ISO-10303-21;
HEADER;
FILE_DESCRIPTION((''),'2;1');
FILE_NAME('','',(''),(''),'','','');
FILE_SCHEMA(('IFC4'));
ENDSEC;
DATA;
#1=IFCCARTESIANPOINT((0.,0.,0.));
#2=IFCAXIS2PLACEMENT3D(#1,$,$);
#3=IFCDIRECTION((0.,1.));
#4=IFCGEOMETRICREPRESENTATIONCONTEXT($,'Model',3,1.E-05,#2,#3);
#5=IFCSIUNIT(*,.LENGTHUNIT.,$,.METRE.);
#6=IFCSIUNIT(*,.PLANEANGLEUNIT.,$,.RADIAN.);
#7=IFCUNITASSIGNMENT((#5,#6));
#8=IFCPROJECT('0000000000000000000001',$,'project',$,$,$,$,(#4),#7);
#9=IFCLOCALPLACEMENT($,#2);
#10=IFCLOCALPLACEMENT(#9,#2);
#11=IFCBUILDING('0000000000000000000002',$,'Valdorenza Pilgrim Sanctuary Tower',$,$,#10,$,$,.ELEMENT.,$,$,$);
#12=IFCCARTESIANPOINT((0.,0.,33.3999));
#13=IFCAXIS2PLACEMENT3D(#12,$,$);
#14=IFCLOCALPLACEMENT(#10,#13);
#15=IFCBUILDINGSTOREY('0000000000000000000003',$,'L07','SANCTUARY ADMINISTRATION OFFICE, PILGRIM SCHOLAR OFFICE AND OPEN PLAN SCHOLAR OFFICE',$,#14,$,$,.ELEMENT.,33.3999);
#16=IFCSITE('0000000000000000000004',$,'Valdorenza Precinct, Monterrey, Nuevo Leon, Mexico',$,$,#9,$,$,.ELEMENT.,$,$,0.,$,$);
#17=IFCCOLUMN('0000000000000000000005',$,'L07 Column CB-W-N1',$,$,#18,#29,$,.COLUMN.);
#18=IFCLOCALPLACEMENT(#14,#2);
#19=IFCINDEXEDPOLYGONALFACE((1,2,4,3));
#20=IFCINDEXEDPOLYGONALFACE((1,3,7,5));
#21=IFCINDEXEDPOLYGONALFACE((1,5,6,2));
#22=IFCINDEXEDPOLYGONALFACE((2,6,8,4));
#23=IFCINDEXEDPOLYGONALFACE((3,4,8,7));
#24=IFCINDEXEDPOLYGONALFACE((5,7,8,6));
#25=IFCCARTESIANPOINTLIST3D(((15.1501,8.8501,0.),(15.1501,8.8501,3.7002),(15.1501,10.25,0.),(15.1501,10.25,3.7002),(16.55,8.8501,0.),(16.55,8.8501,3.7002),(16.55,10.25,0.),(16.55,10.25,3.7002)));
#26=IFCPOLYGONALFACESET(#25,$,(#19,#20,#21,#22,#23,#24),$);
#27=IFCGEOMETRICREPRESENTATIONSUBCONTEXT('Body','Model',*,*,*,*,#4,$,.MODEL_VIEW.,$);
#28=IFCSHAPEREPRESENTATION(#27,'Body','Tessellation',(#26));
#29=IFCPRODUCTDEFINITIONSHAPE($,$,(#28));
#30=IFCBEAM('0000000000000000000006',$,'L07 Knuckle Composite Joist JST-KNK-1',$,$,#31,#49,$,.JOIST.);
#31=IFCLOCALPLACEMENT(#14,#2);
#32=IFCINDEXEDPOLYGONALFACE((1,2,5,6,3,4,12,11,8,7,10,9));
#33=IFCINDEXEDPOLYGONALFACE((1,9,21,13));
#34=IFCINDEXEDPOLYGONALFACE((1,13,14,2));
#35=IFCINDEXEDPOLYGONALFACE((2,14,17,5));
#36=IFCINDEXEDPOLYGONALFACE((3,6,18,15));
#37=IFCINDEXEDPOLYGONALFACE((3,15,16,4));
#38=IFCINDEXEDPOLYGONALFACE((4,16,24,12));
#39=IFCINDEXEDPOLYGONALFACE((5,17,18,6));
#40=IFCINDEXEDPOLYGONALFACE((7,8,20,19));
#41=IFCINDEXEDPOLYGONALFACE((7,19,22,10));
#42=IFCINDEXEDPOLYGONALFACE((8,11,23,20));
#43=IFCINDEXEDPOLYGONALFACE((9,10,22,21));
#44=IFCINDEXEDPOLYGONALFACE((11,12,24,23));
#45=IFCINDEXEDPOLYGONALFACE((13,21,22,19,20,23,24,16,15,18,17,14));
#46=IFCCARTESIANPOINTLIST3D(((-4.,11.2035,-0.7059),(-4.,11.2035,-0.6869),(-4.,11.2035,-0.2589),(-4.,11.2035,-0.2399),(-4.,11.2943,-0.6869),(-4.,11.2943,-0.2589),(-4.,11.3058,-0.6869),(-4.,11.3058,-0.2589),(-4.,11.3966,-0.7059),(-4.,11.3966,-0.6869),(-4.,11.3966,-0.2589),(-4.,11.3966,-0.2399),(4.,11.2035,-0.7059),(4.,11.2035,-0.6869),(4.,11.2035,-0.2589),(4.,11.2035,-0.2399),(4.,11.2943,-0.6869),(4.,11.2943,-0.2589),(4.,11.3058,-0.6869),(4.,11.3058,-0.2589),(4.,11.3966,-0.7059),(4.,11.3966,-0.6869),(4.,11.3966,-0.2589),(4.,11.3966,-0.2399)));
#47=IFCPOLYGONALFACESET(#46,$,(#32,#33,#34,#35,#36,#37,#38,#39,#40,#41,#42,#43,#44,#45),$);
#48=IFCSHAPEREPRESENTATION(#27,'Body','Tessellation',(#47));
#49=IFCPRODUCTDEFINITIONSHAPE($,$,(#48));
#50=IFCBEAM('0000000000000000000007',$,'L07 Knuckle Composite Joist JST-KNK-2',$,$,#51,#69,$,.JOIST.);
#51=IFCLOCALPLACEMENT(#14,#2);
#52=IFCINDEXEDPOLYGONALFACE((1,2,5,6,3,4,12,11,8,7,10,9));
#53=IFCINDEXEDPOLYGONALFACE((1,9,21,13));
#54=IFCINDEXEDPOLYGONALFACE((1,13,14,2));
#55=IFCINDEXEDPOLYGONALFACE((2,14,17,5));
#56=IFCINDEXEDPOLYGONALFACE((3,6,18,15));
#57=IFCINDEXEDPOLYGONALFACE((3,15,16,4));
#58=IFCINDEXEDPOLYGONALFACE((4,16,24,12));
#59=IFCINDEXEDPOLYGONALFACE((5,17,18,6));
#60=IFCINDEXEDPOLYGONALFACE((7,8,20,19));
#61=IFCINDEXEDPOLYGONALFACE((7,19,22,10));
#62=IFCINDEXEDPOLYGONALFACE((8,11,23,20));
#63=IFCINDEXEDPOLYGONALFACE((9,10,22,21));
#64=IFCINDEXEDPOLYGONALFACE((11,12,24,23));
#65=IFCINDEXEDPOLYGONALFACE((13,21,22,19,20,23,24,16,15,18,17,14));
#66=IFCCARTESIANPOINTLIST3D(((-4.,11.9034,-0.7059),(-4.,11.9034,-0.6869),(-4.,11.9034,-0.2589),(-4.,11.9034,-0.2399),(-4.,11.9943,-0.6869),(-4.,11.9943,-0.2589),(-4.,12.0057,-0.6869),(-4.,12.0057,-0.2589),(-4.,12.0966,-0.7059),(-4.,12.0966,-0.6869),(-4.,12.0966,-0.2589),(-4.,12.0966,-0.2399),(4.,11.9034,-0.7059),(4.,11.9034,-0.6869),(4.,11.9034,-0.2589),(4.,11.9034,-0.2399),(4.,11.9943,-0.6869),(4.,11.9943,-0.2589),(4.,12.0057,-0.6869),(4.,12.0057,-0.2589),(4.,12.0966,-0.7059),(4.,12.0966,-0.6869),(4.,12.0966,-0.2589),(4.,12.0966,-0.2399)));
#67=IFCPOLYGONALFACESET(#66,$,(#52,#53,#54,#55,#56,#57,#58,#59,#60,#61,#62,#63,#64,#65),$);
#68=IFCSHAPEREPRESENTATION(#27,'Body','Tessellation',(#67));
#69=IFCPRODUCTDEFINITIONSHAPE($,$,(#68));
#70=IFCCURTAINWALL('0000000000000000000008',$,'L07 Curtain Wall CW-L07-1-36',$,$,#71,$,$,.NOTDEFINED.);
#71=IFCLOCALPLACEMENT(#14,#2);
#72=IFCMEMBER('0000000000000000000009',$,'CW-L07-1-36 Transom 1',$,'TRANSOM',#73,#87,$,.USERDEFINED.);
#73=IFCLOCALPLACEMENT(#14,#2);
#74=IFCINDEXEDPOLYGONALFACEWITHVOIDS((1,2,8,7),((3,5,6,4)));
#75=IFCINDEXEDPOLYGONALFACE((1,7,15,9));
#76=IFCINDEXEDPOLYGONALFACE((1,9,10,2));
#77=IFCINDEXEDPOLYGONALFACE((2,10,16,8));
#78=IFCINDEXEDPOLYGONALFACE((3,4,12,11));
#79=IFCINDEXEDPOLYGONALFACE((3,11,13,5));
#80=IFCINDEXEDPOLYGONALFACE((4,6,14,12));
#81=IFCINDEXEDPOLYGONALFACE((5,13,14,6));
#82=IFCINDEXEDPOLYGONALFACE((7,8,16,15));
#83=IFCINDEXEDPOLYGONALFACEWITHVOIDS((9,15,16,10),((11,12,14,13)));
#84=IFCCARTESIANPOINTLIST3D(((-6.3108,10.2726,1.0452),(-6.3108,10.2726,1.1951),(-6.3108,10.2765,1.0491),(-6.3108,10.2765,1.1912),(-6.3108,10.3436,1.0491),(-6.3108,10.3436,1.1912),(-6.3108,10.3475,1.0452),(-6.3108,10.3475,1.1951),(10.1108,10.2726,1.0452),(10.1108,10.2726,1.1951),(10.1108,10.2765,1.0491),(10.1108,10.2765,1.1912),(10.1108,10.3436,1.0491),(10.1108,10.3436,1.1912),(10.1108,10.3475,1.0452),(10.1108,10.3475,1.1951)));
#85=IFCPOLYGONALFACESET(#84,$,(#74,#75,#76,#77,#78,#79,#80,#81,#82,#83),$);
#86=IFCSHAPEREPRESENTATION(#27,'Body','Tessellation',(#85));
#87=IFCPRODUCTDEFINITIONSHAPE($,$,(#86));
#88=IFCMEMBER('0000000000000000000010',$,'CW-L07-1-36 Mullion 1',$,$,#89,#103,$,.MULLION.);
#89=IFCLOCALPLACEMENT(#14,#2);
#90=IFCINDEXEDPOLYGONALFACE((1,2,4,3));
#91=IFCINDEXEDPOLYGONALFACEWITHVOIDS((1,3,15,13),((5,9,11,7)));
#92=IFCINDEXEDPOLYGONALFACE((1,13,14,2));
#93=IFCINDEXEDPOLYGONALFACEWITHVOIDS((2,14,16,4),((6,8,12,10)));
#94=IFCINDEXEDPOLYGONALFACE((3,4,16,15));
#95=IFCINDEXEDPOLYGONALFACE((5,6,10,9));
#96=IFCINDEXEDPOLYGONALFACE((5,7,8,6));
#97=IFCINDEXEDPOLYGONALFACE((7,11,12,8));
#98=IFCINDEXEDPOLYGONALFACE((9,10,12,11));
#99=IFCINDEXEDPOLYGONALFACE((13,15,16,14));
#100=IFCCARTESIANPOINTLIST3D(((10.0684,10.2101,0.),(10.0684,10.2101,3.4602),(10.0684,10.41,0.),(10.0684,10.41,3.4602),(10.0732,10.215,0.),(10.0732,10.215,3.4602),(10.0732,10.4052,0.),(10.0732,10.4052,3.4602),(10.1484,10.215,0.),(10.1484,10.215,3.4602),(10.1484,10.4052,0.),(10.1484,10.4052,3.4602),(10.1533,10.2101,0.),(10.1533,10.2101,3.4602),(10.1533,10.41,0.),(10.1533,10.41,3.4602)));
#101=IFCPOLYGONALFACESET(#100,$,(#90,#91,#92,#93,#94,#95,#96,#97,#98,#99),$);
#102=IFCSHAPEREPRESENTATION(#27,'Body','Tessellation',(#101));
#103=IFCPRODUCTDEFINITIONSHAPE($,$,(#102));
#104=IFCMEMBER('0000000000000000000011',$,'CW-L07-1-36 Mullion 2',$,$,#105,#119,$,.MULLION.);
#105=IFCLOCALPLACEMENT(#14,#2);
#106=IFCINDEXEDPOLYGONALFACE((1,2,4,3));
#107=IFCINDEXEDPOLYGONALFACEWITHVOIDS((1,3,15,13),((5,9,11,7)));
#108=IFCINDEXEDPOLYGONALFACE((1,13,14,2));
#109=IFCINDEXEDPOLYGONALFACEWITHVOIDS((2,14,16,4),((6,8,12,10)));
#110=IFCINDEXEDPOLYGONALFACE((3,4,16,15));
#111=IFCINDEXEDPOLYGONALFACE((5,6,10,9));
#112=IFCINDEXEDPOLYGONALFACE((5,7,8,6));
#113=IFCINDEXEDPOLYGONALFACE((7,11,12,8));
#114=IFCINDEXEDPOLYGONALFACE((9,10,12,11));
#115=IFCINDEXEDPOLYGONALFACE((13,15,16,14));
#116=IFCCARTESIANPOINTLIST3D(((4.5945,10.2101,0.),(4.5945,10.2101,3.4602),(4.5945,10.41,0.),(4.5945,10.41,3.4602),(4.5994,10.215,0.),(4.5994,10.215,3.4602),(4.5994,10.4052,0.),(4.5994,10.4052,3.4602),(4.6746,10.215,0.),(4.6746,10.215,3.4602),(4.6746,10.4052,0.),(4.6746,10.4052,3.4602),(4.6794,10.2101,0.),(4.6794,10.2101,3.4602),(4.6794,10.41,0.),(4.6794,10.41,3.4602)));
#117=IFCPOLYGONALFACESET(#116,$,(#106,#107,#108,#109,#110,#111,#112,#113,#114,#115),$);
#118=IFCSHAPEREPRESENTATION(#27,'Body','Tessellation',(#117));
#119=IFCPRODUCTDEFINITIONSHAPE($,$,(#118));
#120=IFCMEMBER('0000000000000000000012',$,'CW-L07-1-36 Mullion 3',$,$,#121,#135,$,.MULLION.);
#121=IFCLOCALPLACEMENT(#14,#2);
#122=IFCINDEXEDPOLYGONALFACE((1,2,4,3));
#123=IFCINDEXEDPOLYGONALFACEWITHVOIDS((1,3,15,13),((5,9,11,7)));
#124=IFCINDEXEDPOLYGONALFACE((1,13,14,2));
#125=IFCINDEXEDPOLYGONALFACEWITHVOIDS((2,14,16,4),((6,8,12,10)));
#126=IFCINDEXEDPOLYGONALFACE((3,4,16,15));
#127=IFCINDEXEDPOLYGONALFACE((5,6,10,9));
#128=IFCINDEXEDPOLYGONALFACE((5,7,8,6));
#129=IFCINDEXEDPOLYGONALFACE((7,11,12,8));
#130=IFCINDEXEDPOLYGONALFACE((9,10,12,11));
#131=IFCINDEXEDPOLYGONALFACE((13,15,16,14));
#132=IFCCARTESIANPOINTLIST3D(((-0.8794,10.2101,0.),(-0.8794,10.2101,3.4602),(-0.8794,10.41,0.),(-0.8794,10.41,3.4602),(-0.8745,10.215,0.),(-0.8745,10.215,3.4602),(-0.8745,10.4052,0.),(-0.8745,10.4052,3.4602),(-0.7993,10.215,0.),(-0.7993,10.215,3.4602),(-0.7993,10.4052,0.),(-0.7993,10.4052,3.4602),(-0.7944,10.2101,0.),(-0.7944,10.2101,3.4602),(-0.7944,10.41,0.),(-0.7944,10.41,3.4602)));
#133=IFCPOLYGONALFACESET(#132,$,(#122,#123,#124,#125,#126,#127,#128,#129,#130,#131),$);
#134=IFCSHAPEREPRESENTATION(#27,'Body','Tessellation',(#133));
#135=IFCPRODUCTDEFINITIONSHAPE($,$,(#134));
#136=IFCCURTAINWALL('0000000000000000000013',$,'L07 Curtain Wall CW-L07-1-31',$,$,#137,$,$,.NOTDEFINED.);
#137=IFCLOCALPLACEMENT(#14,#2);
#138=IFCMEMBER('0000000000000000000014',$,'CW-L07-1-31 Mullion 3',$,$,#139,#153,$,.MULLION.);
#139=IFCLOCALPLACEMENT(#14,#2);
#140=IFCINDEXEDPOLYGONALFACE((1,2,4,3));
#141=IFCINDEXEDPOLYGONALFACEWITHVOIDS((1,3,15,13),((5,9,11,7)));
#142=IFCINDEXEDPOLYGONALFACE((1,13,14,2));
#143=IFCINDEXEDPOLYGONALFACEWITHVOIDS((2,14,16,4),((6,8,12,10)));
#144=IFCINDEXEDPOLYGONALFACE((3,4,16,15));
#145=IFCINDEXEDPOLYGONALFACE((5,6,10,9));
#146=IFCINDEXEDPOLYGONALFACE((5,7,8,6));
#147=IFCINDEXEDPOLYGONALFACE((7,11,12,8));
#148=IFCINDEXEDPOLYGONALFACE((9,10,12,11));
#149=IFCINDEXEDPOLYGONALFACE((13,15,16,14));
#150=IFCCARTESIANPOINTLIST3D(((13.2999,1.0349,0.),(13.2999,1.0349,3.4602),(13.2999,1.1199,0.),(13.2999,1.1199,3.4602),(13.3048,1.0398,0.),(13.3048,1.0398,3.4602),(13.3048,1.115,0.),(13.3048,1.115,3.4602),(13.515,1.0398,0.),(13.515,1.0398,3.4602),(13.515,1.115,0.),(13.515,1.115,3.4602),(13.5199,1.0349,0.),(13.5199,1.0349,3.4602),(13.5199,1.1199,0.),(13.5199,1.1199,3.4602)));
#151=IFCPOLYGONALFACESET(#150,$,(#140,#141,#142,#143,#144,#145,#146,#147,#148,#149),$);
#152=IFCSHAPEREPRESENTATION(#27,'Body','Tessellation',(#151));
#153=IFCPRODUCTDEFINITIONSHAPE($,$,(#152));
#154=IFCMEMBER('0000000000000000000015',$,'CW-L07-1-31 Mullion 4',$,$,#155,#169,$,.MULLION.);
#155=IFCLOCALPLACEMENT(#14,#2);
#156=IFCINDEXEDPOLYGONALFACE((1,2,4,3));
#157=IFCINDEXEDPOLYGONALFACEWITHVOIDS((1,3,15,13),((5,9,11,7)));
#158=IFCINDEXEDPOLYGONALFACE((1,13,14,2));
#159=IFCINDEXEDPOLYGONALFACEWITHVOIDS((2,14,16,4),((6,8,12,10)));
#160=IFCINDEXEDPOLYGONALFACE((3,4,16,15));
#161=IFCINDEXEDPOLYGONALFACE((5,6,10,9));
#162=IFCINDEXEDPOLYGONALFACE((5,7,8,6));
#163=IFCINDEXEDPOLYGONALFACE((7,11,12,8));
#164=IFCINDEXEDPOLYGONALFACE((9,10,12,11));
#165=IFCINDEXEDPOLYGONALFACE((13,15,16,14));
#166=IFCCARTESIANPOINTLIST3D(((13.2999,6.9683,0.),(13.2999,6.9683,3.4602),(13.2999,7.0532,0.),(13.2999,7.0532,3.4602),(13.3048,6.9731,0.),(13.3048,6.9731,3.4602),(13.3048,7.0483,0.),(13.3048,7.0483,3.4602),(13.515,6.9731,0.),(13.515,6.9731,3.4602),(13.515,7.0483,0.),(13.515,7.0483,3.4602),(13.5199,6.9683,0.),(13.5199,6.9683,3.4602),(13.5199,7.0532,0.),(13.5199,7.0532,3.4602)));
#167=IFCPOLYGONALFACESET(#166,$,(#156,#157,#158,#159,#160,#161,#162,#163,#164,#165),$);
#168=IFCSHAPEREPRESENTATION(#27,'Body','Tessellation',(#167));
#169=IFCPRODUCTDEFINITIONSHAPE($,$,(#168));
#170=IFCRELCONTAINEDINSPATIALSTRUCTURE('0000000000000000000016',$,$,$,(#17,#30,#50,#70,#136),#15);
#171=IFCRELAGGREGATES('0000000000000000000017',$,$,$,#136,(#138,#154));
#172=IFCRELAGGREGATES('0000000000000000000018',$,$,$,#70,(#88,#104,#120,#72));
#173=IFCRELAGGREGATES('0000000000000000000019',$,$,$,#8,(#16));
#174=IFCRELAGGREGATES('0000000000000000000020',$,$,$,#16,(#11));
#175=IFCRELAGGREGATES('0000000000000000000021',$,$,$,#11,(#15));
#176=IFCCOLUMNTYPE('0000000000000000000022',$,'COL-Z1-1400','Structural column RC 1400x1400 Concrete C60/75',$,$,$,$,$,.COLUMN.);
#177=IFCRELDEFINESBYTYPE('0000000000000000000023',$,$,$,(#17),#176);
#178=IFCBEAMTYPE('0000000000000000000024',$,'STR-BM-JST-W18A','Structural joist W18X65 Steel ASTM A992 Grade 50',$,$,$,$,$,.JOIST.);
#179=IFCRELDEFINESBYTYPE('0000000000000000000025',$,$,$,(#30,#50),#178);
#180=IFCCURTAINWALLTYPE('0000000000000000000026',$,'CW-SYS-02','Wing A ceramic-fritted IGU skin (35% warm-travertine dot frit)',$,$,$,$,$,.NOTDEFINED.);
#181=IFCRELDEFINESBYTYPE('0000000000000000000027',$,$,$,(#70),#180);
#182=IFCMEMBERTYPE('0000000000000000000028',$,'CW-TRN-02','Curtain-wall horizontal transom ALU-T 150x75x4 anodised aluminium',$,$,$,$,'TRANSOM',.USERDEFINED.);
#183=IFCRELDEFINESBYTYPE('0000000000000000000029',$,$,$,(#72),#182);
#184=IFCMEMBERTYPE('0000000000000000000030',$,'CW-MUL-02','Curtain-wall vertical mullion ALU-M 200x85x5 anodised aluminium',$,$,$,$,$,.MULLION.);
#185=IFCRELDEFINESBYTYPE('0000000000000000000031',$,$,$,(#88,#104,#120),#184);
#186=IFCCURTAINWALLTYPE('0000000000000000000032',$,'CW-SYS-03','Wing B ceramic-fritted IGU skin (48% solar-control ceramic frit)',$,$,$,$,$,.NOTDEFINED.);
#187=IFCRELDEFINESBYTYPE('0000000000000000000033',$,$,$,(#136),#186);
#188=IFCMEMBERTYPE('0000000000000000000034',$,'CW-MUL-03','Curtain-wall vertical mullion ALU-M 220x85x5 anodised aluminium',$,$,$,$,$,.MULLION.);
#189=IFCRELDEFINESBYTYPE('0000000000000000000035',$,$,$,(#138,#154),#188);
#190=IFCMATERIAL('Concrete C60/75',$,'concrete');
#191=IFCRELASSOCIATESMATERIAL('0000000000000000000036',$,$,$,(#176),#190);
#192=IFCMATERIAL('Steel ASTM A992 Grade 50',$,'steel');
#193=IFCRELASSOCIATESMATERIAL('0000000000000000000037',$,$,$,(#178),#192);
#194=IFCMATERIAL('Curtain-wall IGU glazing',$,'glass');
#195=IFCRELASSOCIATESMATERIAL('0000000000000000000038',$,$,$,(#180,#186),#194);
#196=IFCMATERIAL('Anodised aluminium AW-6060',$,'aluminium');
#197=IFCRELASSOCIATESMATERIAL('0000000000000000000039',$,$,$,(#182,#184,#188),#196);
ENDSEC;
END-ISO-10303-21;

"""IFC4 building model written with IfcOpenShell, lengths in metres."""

from ifc_helpers import new_model, si_unit, direction, frame, origin, origin_2d, place, context, subcontext, project, spatial, rectangle, hollow_rectangle, i_section, extrude, source, transform, mapped, material, material_profile, profile_set, type_object, element, aggregate, save


model = new_model("IFC4")

# Units and contexts
model_context = context("Model", 3, precision=1e-05, world=origin(), true_north=direction((0.0, 1.0)))
body_context = subcontext(model_context, "Body", "Model", "MODEL_VIEW")
ifc_project = project(units=[si_unit("LENGTHUNIT", "METRE"), si_unit("PLANEANGLEUNIT", "RADIAN")], contexts=[model_context])

# Site, building, storey
site_placement = place(None, origin())
site = spatial("IfcSite", under=ifc_project, at=site_placement, Name="Valdorenza Precinct, Monterrey, Nuevo Leon, Mexico", CompositionType="ELEMENT", RefElevation=0.0)
building_placement = place(site_placement, origin())
building = spatial("IfcBuilding", under=site, at=building_placement, Name="Valdorenza Pilgrim Sanctuary Tower", CompositionType="ELEMENT")
storey_placement = place(building_placement, frame((0.0, 0.0, 33.3999)))
storey = spatial("IfcBuildingStorey", under=building, at=storey_placement, Name="L07", Description="SANCTUARY ADMINISTRATION OFFICE, PILGRIM SCHOLAR OFFICE AND OPEN PLAN SCHOLAR OFFICE", CompositionType="ELEMENT", Elevation=33.3999)

# Column
ifc_material_1 = material(Name="Concrete C60/75", Category="concrete")
ifc_material_profile_1 = material_profile(ifc_material_1, rectangle(XDim=1.3999, YDim=1.3999, at=origin_2d()), Name="RC 1400x1400")
ifc_profile_set_1 = profile_set([ifc_material_profile_1], Name="Concrete C60/75")
column_type = type_object("IfcColumnType", Name="COL-Z1-1400", Description="Structural column RC 1400x1400 Concrete C60/75", PredefinedType="COLUMN", material=ifc_profile_set_1)
shared_shape_1 = source(origin(), body_context, "Body", "SweptSolid", [
    extrude(rectangle(XDim=1.3999, YDim=1.3999, at=origin_2d()), origin(), (0.0, 0.0, 1.0), 3.7002),
])
column_placement = place(storey_placement, frame((15.8501, 9.55, 0.0), z_axis=(0.0, 0.0, 1.0), x_axis=(1.0, 0.0, 0.0)))
element("IfcColumn", 1, at=column_placement, inside=storey, type_object=column_type, Name="L07 Column CB-W-N1", PredefinedType="COLUMN", context=body_context, shape_type="MappedRepresentation", body=[
    mapped(shared_shape_1, transform((0.0, 0.0, 0.0), x_axis=(1.0, 0.0, 0.0), y_axis=(0.0, 1.0, 0.0), z_axis=(0.0, 0.0, 1.0), scale=1.0)),
])

# Beams
ifc_material_2 = material(Name="Steel ASTM A992 Grade 50", Category="steel")
ifc_material_profile_2 = material_profile(ifc_material_2, i_section(OverallWidth=0.1931, OverallDepth=0.4661, WebThickness=0.0115, FlangeThickness=0.019, at=origin_2d()), Name="W18X65")
ifc_profile_set_2 = profile_set([ifc_material_profile_2], Name="Steel ASTM A992 Grade 50")
beam_type = type_object("IfcBeamType", Name="STR-BM-JST-W18A", Description="Structural joist W18X65 Steel ASTM A992 Grade 50", PredefinedType="JOIST", material=ifc_profile_set_2)
shared_shape_2 = source(origin(), body_context, "Body", "SweptSolid", [
    extrude(i_section(OverallWidth=0.1931, OverallDepth=0.4661, WebThickness=0.0115, FlangeThickness=0.019, at=origin_2d()), origin(), (0.0, 0.0, 1.0), 8.0),
])
for number, where, z_axis, x_axis, name in (
    (2, (-4.0, 11.3, -0.4729), (1.0, 0.0, 0.0), (0.0, 1.0, 0.0), "L07 Knuckle Composite Joist JST-KNK-1"),
    (3, (-4.0, 12.0, -0.4729), (1.0, 0.0, 0.0), (0.0, 1.0, 0.0), "L07 Knuckle Composite Joist JST-KNK-2"),
):
    element("IfcBeam", number, at=place(storey_placement, frame(where, z_axis=z_axis, x_axis=x_axis)), inside=storey, type_object=beam_type, Name=name, PredefinedType="JOIST", context=body_context, shape_type="MappedRepresentation", body=[
        mapped(shared_shape_2, transform((0.0, 0.0, 0.0), x_axis=(1.0, 0.0, 0.0), y_axis=(0.0, 1.0, 0.0), z_axis=(0.0, 0.0, 1.0), scale=1.0)),
    ])

# Curtain wall, members
ifc_material_3 = material(Name="Curtain-wall IGU glazing", Category="glass")
curtain_wall_type_1 = type_object("IfcCurtainWallType", Name="CW-SYS-02", Description="Wing A ceramic-fritted IGU skin (35% warm-travertine dot frit)", PredefinedType="NOTDEFINED", material=ifc_material_3)
curtain_wall_1_placement = place(storey_placement, origin())
curtain_wall_1 = element("IfcCurtainWall", 4, at=curtain_wall_1_placement, inside=storey, type_object=curtain_wall_type_1, Name="L07 Curtain Wall CW-L07-1-36", PredefinedType="NOTDEFINED")
ifc_material_4 = material(Name="Anodised aluminium AW-6060", Category="aluminium")
ifc_material_profile_3 = material_profile(ifc_material_4, hollow_rectangle(XDim=0.075, YDim=0.1499, WallThickness=0.0039, at=origin_2d()), Name="ALU-T 150x75x4")
ifc_profile_set_3 = profile_set([ifc_material_profile_3], Name="Anodised aluminium AW-6060")
member_type_1 = type_object("IfcMemberType", Name="CW-TRN-02", Description="Curtain-wall horizontal transom ALU-T 150x75x4 anodised aluminium", ElementType="TRANSOM", PredefinedType="USERDEFINED", material=ifc_profile_set_3)
shared_shape_3 = source(origin(), body_context, "Body", "SweptSolid", [
    extrude(hollow_rectangle(XDim=0.075, YDim=0.1499, WallThickness=0.0039, at=origin_2d()), origin(), (0.0, 0.0, 1.0), 16.4216),
])
member_1_placement = place(storey_placement, frame((10.1108, 10.3101, 1.1201), z_axis=(-1.0, 0.0, 0.0), x_axis=(0.0, -1.0, 0.0)))
member_1 = element("IfcMember", 5, at=member_1_placement, type_object=member_type_1, Name="CW-L07-1-36 Transom 1", ObjectType="TRANSOM", PredefinedType="USERDEFINED", context=body_context, shape_type="MappedRepresentation", body=[
    mapped(shared_shape_3, transform((0.0, 0.0, 0.0), x_axis=(1.0, 0.0, 0.0), y_axis=(0.0, 1.0, 0.0), z_axis=(0.0, 0.0, 1.0), scale=1.0)),
])
ifc_material_profile_4 = material_profile(ifc_material_4, hollow_rectangle(XDim=0.085, YDim=0.2, WallThickness=0.0049, at=origin_2d()), Name="ALU-M 200x85x5")
ifc_profile_set_4 = profile_set([ifc_material_profile_4], Name="Anodised aluminium AW-6060")
member_type_2 = type_object("IfcMemberType", Name="CW-MUL-02", Description="Curtain-wall vertical mullion ALU-M 200x85x5 anodised aluminium", PredefinedType="MULLION", material=ifc_profile_set_4)
shared_shape_4 = source(origin(), body_context, "Body", "SweptSolid", [
    extrude(hollow_rectangle(XDim=0.085, YDim=0.2, WallThickness=0.0049, at=origin_2d()), origin(), (0.0, 0.0, 1.0), 3.4602),
])
member_2_placement = place(storey_placement, frame((10.1108, 10.3101, 0.0), z_axis=(0.0, 0.0, 1.0), x_axis=(-1.0, 0.0, 0.0)))
member_2 = element("IfcMember", 6, at=member_2_placement, type_object=member_type_2, Name="CW-L07-1-36 Mullion 1", PredefinedType="MULLION", context=body_context, shape_type="MappedRepresentation", body=[
    mapped(shared_shape_4, transform((0.0, 0.0, 0.0), x_axis=(1.0, 0.0, 0.0), y_axis=(0.0, 1.0, 0.0), z_axis=(0.0, 0.0, 1.0), scale=1.0)),
])
member_3_placement = place(storey_placement, frame((4.637, 10.3101, 0.0), z_axis=(0.0, 0.0, 1.0), x_axis=(-1.0, 0.0, 0.0)))
member_3 = element("IfcMember", 7, at=member_3_placement, type_object=member_type_2, Name="CW-L07-1-36 Mullion 2", PredefinedType="MULLION", context=body_context, shape_type="MappedRepresentation", body=[
    mapped(shared_shape_4, transform((0.0, 0.0, 0.0), x_axis=(1.0, 0.0, 0.0), y_axis=(0.0, 1.0, 0.0), z_axis=(0.0, 0.0, 1.0), scale=1.0)),
])
member_4_placement = place(storey_placement, frame((-0.8369, 10.3101, 0.0), z_axis=(0.0, 0.0, 1.0), x_axis=(-1.0, 0.0, 0.0)))
member_4 = element("IfcMember", 8, at=member_4_placement, type_object=member_type_2, Name="CW-L07-1-36 Mullion 3", PredefinedType="MULLION", context=body_context, shape_type="MappedRepresentation", body=[
    mapped(shared_shape_4, transform((0.0, 0.0, 0.0), x_axis=(1.0, 0.0, 0.0), y_axis=(0.0, 1.0, 0.0), z_axis=(0.0, 0.0, 1.0), scale=1.0)),
])

# Curtain wall, members
curtain_wall_type_2 = type_object("IfcCurtainWallType", Name="CW-SYS-03", Description="Wing B ceramic-fritted IGU skin (48% solar-control ceramic frit)", PredefinedType="NOTDEFINED", material=ifc_material_3)
curtain_wall_2_placement = place(storey_placement, origin())
curtain_wall_2 = element("IfcCurtainWall", 9, at=curtain_wall_2_placement, inside=storey, type_object=curtain_wall_type_2, Name="L07 Curtain Wall CW-L07-1-31", PredefinedType="NOTDEFINED")
ifc_material_profile_5 = material_profile(ifc_material_4, hollow_rectangle(XDim=0.085, YDim=0.22, WallThickness=0.0049, at=origin_2d()), Name="ALU-M 220x85x5")
ifc_profile_set_5 = profile_set([ifc_material_profile_5], Name="Anodised aluminium AW-6060")
member_type_3 = type_object("IfcMemberType", Name="CW-MUL-03", Description="Curtain-wall vertical mullion ALU-M 220x85x5 anodised aluminium", PredefinedType="MULLION", material=ifc_profile_set_5)
shared_shape_5 = source(origin(), body_context, "Body", "SweptSolid", [
    extrude(hollow_rectangle(XDim=0.085, YDim=0.22, WallThickness=0.0049, at=origin_2d()), origin(), (0.0, 0.0, 1.0), 3.4602),
])
member_5_placement = place(storey_placement, frame((13.4099, 1.0774, 0.0), z_axis=(0.0, 0.0, 1.0), x_axis=(0.0, 1.0, 0.0)))
member_5 = element("IfcMember", 10, at=member_5_placement, type_object=member_type_3, Name="CW-L07-1-31 Mullion 3", PredefinedType="MULLION", context=body_context, shape_type="MappedRepresentation", body=[
    mapped(shared_shape_5, transform((0.0, 0.0, 0.0), x_axis=(1.0, 0.0, 0.0), y_axis=(0.0, 1.0, 0.0), z_axis=(0.0, 0.0, 1.0), scale=1.0)),
])
member_6_placement = place(storey_placement, frame((13.4099, 7.0107, 0.0), z_axis=(0.0, 0.0, 1.0), x_axis=(0.0, 1.0, 0.0)))
member_6 = element("IfcMember", 11, at=member_6_placement, type_object=member_type_3, Name="CW-L07-1-31 Mullion 4", PredefinedType="MULLION", context=body_context, shape_type="MappedRepresentation", body=[
    mapped(shared_shape_5, transform((0.0, 0.0, 0.0), x_axis=(1.0, 0.0, 0.0), y_axis=(0.0, 1.0, 0.0), z_axis=(0.0, 0.0, 1.0), scale=1.0)),
])
aggregate(curtain_wall_2, [member_5, member_6])

aggregate(curtain_wall_1, [member_2, member_3, member_4, member_1])

save(model, "model.ifc")
